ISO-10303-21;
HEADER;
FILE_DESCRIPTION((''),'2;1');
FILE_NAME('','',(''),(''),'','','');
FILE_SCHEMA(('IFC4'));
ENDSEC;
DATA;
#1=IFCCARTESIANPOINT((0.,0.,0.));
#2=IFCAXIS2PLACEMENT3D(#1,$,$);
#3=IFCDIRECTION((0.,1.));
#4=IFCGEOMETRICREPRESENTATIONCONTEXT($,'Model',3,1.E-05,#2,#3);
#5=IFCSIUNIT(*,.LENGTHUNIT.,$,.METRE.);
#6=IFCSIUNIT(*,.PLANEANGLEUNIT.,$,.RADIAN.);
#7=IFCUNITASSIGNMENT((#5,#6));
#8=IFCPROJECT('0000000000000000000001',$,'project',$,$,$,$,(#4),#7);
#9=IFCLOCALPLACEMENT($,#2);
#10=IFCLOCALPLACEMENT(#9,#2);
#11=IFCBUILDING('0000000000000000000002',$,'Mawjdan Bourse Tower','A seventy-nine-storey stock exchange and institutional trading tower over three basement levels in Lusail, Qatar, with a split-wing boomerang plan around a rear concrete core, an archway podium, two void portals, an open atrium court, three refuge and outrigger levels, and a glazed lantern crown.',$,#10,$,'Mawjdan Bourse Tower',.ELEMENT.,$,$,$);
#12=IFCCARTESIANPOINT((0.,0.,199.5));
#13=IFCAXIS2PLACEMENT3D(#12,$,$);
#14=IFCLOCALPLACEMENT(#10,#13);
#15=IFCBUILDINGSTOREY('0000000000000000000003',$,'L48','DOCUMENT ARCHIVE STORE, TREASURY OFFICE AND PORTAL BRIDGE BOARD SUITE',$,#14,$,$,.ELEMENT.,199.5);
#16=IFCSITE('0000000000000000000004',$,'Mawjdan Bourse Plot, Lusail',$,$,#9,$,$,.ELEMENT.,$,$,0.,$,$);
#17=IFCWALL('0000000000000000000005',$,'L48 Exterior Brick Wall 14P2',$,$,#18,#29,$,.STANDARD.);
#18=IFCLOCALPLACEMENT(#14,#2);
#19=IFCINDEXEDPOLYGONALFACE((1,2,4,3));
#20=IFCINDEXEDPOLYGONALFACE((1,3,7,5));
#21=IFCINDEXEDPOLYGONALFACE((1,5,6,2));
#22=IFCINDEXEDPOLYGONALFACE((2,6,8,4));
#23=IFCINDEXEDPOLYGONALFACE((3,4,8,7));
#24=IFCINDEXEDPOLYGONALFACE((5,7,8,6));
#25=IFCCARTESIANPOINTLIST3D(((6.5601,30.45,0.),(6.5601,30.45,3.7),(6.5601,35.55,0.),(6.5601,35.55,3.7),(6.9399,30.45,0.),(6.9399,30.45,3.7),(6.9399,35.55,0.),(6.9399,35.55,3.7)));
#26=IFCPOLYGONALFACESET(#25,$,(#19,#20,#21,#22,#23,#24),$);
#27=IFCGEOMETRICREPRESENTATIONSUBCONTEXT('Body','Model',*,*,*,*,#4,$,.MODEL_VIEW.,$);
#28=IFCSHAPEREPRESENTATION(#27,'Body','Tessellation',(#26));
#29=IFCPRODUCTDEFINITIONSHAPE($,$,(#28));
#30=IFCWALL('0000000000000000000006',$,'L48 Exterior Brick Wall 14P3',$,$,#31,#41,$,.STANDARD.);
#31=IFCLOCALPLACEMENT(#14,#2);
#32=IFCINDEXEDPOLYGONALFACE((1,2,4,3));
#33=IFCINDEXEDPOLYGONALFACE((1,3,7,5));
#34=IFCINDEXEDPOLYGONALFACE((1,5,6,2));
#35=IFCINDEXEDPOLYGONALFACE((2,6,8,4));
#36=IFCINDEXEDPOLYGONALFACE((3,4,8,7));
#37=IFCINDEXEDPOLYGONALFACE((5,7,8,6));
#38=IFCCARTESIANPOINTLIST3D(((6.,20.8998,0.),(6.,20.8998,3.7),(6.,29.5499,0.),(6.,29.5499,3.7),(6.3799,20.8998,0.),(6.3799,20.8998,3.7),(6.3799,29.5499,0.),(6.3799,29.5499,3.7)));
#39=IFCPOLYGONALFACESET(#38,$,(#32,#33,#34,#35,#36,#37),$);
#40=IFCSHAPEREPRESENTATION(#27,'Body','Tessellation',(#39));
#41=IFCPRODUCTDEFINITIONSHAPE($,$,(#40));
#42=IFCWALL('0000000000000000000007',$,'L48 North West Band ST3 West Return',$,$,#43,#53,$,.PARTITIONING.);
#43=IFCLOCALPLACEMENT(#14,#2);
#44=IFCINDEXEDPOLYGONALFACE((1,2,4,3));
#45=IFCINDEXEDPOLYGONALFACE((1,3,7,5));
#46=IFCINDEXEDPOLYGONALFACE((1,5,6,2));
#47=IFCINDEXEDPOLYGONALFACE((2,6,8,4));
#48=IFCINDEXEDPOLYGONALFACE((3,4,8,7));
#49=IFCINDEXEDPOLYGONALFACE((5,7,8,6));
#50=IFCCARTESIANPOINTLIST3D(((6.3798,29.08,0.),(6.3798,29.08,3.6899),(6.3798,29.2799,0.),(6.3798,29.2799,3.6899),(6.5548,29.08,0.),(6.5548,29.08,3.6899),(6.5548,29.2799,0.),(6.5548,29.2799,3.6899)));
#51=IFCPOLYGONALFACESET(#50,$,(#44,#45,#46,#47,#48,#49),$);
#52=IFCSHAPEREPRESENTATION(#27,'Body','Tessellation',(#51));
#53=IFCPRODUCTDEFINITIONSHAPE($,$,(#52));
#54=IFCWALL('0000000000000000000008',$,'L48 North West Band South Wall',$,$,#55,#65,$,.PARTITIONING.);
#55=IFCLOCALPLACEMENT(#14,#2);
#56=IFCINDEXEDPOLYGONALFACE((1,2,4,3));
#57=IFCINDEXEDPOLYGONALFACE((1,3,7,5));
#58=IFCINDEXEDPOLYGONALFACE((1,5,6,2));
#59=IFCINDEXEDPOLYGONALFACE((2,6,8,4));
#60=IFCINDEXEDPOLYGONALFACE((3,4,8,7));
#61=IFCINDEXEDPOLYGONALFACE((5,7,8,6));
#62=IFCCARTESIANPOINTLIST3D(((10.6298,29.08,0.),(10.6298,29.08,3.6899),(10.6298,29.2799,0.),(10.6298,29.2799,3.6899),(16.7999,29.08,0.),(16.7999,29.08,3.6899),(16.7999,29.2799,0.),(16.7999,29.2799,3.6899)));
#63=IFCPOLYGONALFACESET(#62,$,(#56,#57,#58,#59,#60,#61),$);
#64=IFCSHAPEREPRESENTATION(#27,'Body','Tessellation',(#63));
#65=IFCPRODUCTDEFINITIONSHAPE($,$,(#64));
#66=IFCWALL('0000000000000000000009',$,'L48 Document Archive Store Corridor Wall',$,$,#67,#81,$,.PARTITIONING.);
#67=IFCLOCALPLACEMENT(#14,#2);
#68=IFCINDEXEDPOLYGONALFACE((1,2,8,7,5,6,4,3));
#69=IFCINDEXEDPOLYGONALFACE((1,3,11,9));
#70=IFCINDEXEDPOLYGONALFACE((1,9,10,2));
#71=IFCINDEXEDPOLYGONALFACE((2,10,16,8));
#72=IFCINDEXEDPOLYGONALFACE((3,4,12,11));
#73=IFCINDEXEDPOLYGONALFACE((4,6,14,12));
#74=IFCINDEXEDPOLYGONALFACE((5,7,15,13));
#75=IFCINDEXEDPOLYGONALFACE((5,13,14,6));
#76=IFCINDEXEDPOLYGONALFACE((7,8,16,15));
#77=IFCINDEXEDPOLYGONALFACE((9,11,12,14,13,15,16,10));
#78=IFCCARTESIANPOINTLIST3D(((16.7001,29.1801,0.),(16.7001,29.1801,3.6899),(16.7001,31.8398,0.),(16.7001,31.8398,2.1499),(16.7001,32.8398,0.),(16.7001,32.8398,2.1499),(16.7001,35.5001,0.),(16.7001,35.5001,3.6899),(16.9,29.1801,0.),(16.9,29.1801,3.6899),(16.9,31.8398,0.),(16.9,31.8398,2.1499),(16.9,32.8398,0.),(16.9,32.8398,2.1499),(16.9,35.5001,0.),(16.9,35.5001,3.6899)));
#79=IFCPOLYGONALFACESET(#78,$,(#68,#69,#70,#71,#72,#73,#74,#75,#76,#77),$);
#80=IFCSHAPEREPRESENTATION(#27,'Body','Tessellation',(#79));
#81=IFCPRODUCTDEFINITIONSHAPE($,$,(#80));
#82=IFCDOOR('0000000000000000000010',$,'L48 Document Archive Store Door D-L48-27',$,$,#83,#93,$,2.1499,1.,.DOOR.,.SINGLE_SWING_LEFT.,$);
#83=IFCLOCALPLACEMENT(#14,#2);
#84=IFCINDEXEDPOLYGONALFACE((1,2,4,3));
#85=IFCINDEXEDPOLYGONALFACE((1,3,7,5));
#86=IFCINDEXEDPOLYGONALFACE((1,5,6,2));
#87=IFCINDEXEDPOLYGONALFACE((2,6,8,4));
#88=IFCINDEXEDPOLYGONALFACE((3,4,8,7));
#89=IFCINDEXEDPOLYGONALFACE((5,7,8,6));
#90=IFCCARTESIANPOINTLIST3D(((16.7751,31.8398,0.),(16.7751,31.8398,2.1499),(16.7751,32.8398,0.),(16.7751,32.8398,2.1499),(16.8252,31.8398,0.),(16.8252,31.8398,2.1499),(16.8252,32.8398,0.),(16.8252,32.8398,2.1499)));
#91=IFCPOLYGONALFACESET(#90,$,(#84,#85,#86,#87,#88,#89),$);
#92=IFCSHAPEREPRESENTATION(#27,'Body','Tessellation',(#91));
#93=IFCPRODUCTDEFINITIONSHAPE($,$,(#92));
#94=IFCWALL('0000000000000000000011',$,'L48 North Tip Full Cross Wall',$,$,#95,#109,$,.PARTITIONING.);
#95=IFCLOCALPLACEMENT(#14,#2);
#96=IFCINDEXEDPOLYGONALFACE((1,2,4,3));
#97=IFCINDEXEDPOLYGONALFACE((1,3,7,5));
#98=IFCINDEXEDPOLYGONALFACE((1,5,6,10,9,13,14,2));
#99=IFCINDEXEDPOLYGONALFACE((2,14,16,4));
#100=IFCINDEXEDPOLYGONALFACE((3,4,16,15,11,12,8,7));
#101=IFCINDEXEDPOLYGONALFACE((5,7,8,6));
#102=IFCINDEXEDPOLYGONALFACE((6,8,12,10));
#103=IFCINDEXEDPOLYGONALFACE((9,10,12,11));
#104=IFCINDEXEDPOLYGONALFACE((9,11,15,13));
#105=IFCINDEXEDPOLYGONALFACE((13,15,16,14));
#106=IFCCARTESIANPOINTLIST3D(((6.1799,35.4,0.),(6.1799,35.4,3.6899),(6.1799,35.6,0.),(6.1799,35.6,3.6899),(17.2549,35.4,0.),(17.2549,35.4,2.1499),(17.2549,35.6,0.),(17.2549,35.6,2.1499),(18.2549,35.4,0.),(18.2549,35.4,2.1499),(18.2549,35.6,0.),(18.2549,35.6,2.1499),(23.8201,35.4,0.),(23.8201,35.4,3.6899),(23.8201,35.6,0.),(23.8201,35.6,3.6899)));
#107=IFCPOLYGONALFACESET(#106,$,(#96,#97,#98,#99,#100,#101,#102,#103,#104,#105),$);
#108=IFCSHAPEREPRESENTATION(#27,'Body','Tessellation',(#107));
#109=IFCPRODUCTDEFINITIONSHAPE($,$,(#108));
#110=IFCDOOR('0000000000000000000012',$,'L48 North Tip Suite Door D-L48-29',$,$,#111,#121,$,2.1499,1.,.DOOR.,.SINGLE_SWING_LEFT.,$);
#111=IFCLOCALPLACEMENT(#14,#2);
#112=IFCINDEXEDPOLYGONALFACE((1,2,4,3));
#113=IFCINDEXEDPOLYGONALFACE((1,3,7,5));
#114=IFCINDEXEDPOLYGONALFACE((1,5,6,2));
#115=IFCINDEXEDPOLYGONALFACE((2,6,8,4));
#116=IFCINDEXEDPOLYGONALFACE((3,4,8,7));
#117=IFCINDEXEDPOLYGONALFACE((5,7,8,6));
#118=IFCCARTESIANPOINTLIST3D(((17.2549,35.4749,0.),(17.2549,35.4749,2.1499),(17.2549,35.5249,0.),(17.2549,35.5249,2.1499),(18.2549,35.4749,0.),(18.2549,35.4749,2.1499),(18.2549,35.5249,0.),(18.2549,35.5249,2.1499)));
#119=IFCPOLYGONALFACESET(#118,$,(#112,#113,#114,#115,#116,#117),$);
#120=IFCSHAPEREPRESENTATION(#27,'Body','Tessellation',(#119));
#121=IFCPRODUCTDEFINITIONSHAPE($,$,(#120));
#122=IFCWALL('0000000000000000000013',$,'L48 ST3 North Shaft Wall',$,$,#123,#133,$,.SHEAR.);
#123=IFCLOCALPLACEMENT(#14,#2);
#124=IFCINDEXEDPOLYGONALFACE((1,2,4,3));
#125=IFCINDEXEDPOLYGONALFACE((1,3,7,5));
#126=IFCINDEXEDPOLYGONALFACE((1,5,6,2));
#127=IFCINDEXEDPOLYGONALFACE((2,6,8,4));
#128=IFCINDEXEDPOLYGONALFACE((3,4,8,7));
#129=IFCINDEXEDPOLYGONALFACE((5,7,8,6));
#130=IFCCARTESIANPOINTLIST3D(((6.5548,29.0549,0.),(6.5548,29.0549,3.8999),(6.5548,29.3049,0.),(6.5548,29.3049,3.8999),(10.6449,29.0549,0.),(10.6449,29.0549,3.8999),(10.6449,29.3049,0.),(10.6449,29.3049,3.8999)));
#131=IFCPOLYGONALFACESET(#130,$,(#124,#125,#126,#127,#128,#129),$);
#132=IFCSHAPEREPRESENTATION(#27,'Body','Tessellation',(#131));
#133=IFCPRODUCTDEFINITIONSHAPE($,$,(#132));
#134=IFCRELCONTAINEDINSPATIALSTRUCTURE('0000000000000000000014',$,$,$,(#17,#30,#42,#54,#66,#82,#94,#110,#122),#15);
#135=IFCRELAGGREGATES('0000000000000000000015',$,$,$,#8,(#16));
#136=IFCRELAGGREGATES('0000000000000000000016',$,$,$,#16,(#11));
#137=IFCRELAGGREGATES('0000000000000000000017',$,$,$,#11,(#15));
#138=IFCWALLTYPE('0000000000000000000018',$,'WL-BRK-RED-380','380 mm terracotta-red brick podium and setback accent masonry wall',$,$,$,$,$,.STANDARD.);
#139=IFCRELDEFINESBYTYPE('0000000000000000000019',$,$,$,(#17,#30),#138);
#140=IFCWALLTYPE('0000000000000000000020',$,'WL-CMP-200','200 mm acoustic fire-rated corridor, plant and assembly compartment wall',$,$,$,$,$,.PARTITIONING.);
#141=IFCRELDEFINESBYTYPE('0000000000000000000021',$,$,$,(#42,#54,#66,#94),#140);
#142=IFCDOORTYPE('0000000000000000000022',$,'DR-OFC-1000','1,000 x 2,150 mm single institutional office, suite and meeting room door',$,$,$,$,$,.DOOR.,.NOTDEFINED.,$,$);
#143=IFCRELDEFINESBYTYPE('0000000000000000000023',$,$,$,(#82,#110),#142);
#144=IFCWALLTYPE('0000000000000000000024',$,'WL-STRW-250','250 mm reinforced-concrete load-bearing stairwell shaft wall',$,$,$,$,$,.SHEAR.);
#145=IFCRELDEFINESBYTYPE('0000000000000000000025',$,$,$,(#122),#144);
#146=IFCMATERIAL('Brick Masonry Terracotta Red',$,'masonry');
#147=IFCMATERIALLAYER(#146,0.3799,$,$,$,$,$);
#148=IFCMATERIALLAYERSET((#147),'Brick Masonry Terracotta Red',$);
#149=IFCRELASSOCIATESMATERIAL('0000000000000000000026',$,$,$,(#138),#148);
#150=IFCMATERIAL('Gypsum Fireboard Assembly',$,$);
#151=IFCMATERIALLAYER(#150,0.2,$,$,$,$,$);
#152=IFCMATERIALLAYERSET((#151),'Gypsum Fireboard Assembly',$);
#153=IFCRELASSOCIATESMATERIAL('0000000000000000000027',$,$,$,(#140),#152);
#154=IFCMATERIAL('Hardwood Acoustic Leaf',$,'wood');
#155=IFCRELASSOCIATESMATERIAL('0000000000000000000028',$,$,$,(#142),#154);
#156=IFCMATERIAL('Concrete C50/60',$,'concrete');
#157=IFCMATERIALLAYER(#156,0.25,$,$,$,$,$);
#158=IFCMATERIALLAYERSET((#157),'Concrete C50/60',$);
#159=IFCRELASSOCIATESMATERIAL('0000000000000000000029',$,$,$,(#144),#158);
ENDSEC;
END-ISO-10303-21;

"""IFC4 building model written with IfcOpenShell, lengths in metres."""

from ifc_helpers import new_model, si_unit, direction, frame, frame_2d, origin, place, context, subcontext, project, spatial, rectangle, extrude, material, layer, layer_set, type_object, element, fill, save


model = new_model("IFC4")

# Units and contexts
model_context = context("Model", 3, precision=1e-05, world=origin(), true_north=direction((0.0, 1.0)))
body_context = subcontext(model_context, "Body", "Model", "MODEL_VIEW")
ifc_project = project(units=[si_unit("LENGTHUNIT", "METRE"), si_unit("PLANEANGLEUNIT", "RADIAN")], contexts=[model_context])

# Site, building, storey
site_placement = place(None, origin())
site = spatial("IfcSite", under=ifc_project, at=site_placement, Name="Mawjdan Bourse Plot, Lusail", CompositionType="ELEMENT", RefElevation=0.0)
building_placement = place(site_placement, origin())
building = spatial("IfcBuilding", under=site, at=building_placement, Name="Mawjdan Bourse Tower", Description="A seventy-nine-storey stock exchange and institutional trading tower over three basement levels in Lusail, Qatar, with a split-wing boomerang plan around a rear concrete core, an archway podium, two void portals, an open atrium court, three refuge and outrigger levels, and a glazed lantern crown.", LongName="Mawjdan Bourse Tower", CompositionType="ELEMENT")
storey_placement = place(building_placement, frame((0.0, 0.0, 199.5)))
storey = spatial("IfcBuildingStorey", under=building, at=storey_placement, Name="L48", Description="DOCUMENT ARCHIVE STORE, TREASURY OFFICE AND PORTAL BRIDGE BOARD SUITE", CompositionType="ELEMENT", Elevation=199.5)

# Walls
ifc_material_1 = material(Name="Brick Masonry Terracotta Red", Category="masonry")
ifc_layer_1 = layer(ifc_material_1, 0.3799)
ifc_layer_set_1 = layer_set([ifc_layer_1], Name="Brick Masonry Terracotta Red")
wall_type_1 = type_object("IfcWallType", Name="WL-BRK-RED-380", Description="380 mm terracotta-red brick podium and setback accent masonry wall", PredefinedType="STANDARD", material=ifc_layer_set_1)
wall_1_placement = place(storey_placement, frame((6.75, 35.55, 0.0), z_axis=(0.0, 0.0, 1.0), x_axis=(0.0, -1.0, 0.0)))
element("IfcWall", 1, at=wall_1_placement, inside=storey, type_object=wall_type_1, Name="L48 Exterior Brick Wall 14P2", PredefinedType="STANDARD", context=body_context, shape_type="SweptSolid", body=[
    extrude(rectangle(XDim=5.1001, YDim=0.3799, at=frame_2d((2.55, 0.0))), origin(), (0.0, 0.0, 1.0), 3.7),
])
wall_2_placement = place(storey_placement, frame((6.1899, 29.55, 0.0), z_axis=(0.0, 0.0, 1.0), x_axis=(0.0, -1.0, 0.0)))
element("IfcWall", 2, at=wall_2_placement, inside=storey, type_object=wall_type_1, Name="L48 Exterior Brick Wall 14P3", PredefinedType="STANDARD", context=body_context, shape_type="SweptSolid", body=[
    extrude(rectangle(XDim=8.6501, YDim=0.3799, at=frame_2d((4.3252, 0.0))), origin(), (0.0, 0.0, 1.0), 3.7),
])
ifc_material_2 = material(Name="Gypsum Fireboard Assembly")
ifc_layer_2 = layer(ifc_material_2, 0.2)
ifc_layer_set_2 = layer_set([ifc_layer_2], Name="Gypsum Fireboard Assembly")
wall_type_2 = type_object("IfcWallType", Name="WL-CMP-200", Description="200 mm acoustic fire-rated corridor, plant and assembly compartment wall", PredefinedType="PARTITIONING", material=ifc_layer_set_2)
wall_3_placement = place(storey_placement, frame((6.3799, 29.1799, 0.0), z_axis=(0.0, 0.0, 1.0), x_axis=(1.0, 0.0, 0.0)))
element("IfcWall", 3, at=wall_3_placement, inside=storey, type_object=wall_type_2, Name="L48 North West Band ST3 West Return", PredefinedType="PARTITIONING", context=body_context, shape_type="SweptSolid", body=[
    extrude(rectangle(XDim=0.175, YDim=0.2, at=frame_2d((0.0874, 0.0))), origin(), (0.0, 0.0, 1.0), 3.6899),
])
wall_4_placement = place(storey_placement, frame((10.6299, 29.1799, 0.0), z_axis=(0.0, 0.0, 1.0), x_axis=(1.0, 0.0, 0.0)))
element("IfcWall", 4, at=wall_4_placement, inside=storey, type_object=wall_type_2, Name="L48 North West Band South Wall", PredefinedType="PARTITIONING", context=body_context, shape_type="SweptSolid", body=[
    extrude(rectangle(XDim=6.1702, YDim=0.2, at=frame_2d((3.085, 0.0))), origin(), (0.0, 0.0, 1.0), 3.6899),
])

# Walls, openings, doors
wall_5_placement = place(storey_placement, frame((16.8, 29.1799, 0.0), z_axis=(0.0, 0.0, 1.0), x_axis=(0.0, 1.0, 0.0)))
wall_5 = element("IfcWall", 5, at=wall_5_placement, inside=storey, type_object=wall_type_2, Name="L48 Document Archive Store Corridor Wall", PredefinedType="PARTITIONING", context=body_context, shape_type="SweptSolid", body=[
    extrude(rectangle(XDim=6.3201, YDim=0.2, at=frame_2d((3.1602, 0.0))), origin(), (0.0, 0.0, 1.0), 3.6899),
])
opening_1_placement = place(wall_5_placement, frame((2.6599, 0.0, 0.0)))
opening_1 = element("IfcOpeningElement", 6, at=opening_1_placement, cuts=wall_5, PredefinedType="OPENING", context=body_context, shape_type="SweptSolid", body=[
    extrude(rectangle(XDim=1.0, YDim=2.1499, at=frame_2d((0.5, 1.075))), frame((0.0, 0.1099, 0.0), z_axis=(0.0, -1.0, 0.0), x_axis=(1.0, 0.0, 0.0)), (0.0, 0.0, 1.0), 0.22),
])
ifc_material_3 = material(Name="Hardwood Acoustic Leaf", Category="wood")
door_type = type_object("IfcDoorType", Name="DR-OFC-1000", Description="1,000 x 2,150 mm single institutional office, suite and meeting room door", OperationType="NOTDEFINED", PredefinedType="DOOR", material=ifc_material_3)
door_1_placement = place(opening_1_placement, origin())
door_1 = element("IfcDoor", 7, at=door_1_placement, inside=storey, type_object=door_type, Name="L48 Document Archive Store Door D-L48-27", OperationType="SINGLE_SWING_LEFT", OverallHeight=2.1499, OverallWidth=1.0, PredefinedType="DOOR", context=body_context, shape_type="SweptSolid", body=[
    extrude(rectangle(XDim=1.0, YDim=2.1499, at=frame_2d((0.5, 1.075))), frame((0.0, 0.0249, 0.0), z_axis=(0.0, -1.0, 0.0), x_axis=(1.0, 0.0, 0.0)), (0.0, 0.0, 1.0), 0.05),
])
fill(opening_1, door_1)
wall_6_placement = place(storey_placement, frame((6.1799, 35.5, 0.0), z_axis=(0.0, 0.0, 1.0), x_axis=(1.0, 0.0, 0.0)))
wall_6 = element("IfcWall", 8, at=wall_6_placement, inside=storey, type_object=wall_type_2, Name="L48 North Tip Full Cross Wall", PredefinedType="PARTITIONING", context=body_context, shape_type="SweptSolid", body=[
    extrude(rectangle(XDim=17.6401, YDim=0.2, at=frame_2d((8.8201, 0.0))), origin(), (0.0, 0.0, 1.0), 3.6899),
])
opening_2_placement = place(wall_6_placement, frame((11.075, 0.0, 0.0)))
opening_2 = element("IfcOpeningElement", 9, at=opening_2_placement, cuts=wall_6, PredefinedType="OPENING", context=body_context, shape_type="SweptSolid", body=[
    extrude(rectangle(XDim=1.0, YDim=2.1499, at=frame_2d((0.5, 1.075))), frame((0.0, 0.1099, 0.0), z_axis=(0.0, -1.0, 0.0), x_axis=(1.0, 0.0, 0.0)), (0.0, 0.0, 1.0), 0.22),
])
door_2_placement = place(opening_2_placement, origin())
door_2 = element("IfcDoor", 10, at=door_2_placement, inside=storey, type_object=door_type, Name="L48 North Tip Suite Door D-L48-29", OperationType="SINGLE_SWING_LEFT", OverallHeight=2.1499, OverallWidth=1.0, PredefinedType="DOOR", context=body_context, shape_type="SweptSolid", body=[
    extrude(rectangle(XDim=1.0, YDim=2.1499, at=frame_2d((0.5, 1.075))), frame((0.0, 0.0249, 0.0), z_axis=(0.0, -1.0, 0.0), x_axis=(1.0, 0.0, 0.0)), (0.0, 0.0, 1.0), 0.05),
])
fill(opening_2, door_2)

# Wall
ifc_material_4 = material(Name="Concrete C50/60", Category="concrete")
ifc_layer_3 = layer(ifc_material_4, 0.25)
ifc_layer_set_3 = layer_set([ifc_layer_3], Name="Concrete C50/60")
wall_type_3 = type_object("IfcWallType", Name="WL-STRW-250", Description="250 mm reinforced-concrete load-bearing stairwell shaft wall", PredefinedType="SHEAR", material=ifc_layer_set_3)
wall_7_placement = place(storey_placement, frame((6.5549, 29.1799, 0.0), z_axis=(0.0, 0.0, 1.0), x_axis=(1.0, 0.0, 0.0)))
element("IfcWall", 11, at=wall_7_placement, inside=storey, type_object=wall_type_3, Name="L48 ST3 North Shaft Wall", PredefinedType="SHEAR", context=body_context, shape_type="SweptSolid", body=[
    extrude(rectangle(XDim=4.0901, YDim=0.25, at=frame_2d((2.0449, 0.0))), origin(), (0.0, 0.0, 1.0), 3.8999),
])

save(model, "model.ifc")
